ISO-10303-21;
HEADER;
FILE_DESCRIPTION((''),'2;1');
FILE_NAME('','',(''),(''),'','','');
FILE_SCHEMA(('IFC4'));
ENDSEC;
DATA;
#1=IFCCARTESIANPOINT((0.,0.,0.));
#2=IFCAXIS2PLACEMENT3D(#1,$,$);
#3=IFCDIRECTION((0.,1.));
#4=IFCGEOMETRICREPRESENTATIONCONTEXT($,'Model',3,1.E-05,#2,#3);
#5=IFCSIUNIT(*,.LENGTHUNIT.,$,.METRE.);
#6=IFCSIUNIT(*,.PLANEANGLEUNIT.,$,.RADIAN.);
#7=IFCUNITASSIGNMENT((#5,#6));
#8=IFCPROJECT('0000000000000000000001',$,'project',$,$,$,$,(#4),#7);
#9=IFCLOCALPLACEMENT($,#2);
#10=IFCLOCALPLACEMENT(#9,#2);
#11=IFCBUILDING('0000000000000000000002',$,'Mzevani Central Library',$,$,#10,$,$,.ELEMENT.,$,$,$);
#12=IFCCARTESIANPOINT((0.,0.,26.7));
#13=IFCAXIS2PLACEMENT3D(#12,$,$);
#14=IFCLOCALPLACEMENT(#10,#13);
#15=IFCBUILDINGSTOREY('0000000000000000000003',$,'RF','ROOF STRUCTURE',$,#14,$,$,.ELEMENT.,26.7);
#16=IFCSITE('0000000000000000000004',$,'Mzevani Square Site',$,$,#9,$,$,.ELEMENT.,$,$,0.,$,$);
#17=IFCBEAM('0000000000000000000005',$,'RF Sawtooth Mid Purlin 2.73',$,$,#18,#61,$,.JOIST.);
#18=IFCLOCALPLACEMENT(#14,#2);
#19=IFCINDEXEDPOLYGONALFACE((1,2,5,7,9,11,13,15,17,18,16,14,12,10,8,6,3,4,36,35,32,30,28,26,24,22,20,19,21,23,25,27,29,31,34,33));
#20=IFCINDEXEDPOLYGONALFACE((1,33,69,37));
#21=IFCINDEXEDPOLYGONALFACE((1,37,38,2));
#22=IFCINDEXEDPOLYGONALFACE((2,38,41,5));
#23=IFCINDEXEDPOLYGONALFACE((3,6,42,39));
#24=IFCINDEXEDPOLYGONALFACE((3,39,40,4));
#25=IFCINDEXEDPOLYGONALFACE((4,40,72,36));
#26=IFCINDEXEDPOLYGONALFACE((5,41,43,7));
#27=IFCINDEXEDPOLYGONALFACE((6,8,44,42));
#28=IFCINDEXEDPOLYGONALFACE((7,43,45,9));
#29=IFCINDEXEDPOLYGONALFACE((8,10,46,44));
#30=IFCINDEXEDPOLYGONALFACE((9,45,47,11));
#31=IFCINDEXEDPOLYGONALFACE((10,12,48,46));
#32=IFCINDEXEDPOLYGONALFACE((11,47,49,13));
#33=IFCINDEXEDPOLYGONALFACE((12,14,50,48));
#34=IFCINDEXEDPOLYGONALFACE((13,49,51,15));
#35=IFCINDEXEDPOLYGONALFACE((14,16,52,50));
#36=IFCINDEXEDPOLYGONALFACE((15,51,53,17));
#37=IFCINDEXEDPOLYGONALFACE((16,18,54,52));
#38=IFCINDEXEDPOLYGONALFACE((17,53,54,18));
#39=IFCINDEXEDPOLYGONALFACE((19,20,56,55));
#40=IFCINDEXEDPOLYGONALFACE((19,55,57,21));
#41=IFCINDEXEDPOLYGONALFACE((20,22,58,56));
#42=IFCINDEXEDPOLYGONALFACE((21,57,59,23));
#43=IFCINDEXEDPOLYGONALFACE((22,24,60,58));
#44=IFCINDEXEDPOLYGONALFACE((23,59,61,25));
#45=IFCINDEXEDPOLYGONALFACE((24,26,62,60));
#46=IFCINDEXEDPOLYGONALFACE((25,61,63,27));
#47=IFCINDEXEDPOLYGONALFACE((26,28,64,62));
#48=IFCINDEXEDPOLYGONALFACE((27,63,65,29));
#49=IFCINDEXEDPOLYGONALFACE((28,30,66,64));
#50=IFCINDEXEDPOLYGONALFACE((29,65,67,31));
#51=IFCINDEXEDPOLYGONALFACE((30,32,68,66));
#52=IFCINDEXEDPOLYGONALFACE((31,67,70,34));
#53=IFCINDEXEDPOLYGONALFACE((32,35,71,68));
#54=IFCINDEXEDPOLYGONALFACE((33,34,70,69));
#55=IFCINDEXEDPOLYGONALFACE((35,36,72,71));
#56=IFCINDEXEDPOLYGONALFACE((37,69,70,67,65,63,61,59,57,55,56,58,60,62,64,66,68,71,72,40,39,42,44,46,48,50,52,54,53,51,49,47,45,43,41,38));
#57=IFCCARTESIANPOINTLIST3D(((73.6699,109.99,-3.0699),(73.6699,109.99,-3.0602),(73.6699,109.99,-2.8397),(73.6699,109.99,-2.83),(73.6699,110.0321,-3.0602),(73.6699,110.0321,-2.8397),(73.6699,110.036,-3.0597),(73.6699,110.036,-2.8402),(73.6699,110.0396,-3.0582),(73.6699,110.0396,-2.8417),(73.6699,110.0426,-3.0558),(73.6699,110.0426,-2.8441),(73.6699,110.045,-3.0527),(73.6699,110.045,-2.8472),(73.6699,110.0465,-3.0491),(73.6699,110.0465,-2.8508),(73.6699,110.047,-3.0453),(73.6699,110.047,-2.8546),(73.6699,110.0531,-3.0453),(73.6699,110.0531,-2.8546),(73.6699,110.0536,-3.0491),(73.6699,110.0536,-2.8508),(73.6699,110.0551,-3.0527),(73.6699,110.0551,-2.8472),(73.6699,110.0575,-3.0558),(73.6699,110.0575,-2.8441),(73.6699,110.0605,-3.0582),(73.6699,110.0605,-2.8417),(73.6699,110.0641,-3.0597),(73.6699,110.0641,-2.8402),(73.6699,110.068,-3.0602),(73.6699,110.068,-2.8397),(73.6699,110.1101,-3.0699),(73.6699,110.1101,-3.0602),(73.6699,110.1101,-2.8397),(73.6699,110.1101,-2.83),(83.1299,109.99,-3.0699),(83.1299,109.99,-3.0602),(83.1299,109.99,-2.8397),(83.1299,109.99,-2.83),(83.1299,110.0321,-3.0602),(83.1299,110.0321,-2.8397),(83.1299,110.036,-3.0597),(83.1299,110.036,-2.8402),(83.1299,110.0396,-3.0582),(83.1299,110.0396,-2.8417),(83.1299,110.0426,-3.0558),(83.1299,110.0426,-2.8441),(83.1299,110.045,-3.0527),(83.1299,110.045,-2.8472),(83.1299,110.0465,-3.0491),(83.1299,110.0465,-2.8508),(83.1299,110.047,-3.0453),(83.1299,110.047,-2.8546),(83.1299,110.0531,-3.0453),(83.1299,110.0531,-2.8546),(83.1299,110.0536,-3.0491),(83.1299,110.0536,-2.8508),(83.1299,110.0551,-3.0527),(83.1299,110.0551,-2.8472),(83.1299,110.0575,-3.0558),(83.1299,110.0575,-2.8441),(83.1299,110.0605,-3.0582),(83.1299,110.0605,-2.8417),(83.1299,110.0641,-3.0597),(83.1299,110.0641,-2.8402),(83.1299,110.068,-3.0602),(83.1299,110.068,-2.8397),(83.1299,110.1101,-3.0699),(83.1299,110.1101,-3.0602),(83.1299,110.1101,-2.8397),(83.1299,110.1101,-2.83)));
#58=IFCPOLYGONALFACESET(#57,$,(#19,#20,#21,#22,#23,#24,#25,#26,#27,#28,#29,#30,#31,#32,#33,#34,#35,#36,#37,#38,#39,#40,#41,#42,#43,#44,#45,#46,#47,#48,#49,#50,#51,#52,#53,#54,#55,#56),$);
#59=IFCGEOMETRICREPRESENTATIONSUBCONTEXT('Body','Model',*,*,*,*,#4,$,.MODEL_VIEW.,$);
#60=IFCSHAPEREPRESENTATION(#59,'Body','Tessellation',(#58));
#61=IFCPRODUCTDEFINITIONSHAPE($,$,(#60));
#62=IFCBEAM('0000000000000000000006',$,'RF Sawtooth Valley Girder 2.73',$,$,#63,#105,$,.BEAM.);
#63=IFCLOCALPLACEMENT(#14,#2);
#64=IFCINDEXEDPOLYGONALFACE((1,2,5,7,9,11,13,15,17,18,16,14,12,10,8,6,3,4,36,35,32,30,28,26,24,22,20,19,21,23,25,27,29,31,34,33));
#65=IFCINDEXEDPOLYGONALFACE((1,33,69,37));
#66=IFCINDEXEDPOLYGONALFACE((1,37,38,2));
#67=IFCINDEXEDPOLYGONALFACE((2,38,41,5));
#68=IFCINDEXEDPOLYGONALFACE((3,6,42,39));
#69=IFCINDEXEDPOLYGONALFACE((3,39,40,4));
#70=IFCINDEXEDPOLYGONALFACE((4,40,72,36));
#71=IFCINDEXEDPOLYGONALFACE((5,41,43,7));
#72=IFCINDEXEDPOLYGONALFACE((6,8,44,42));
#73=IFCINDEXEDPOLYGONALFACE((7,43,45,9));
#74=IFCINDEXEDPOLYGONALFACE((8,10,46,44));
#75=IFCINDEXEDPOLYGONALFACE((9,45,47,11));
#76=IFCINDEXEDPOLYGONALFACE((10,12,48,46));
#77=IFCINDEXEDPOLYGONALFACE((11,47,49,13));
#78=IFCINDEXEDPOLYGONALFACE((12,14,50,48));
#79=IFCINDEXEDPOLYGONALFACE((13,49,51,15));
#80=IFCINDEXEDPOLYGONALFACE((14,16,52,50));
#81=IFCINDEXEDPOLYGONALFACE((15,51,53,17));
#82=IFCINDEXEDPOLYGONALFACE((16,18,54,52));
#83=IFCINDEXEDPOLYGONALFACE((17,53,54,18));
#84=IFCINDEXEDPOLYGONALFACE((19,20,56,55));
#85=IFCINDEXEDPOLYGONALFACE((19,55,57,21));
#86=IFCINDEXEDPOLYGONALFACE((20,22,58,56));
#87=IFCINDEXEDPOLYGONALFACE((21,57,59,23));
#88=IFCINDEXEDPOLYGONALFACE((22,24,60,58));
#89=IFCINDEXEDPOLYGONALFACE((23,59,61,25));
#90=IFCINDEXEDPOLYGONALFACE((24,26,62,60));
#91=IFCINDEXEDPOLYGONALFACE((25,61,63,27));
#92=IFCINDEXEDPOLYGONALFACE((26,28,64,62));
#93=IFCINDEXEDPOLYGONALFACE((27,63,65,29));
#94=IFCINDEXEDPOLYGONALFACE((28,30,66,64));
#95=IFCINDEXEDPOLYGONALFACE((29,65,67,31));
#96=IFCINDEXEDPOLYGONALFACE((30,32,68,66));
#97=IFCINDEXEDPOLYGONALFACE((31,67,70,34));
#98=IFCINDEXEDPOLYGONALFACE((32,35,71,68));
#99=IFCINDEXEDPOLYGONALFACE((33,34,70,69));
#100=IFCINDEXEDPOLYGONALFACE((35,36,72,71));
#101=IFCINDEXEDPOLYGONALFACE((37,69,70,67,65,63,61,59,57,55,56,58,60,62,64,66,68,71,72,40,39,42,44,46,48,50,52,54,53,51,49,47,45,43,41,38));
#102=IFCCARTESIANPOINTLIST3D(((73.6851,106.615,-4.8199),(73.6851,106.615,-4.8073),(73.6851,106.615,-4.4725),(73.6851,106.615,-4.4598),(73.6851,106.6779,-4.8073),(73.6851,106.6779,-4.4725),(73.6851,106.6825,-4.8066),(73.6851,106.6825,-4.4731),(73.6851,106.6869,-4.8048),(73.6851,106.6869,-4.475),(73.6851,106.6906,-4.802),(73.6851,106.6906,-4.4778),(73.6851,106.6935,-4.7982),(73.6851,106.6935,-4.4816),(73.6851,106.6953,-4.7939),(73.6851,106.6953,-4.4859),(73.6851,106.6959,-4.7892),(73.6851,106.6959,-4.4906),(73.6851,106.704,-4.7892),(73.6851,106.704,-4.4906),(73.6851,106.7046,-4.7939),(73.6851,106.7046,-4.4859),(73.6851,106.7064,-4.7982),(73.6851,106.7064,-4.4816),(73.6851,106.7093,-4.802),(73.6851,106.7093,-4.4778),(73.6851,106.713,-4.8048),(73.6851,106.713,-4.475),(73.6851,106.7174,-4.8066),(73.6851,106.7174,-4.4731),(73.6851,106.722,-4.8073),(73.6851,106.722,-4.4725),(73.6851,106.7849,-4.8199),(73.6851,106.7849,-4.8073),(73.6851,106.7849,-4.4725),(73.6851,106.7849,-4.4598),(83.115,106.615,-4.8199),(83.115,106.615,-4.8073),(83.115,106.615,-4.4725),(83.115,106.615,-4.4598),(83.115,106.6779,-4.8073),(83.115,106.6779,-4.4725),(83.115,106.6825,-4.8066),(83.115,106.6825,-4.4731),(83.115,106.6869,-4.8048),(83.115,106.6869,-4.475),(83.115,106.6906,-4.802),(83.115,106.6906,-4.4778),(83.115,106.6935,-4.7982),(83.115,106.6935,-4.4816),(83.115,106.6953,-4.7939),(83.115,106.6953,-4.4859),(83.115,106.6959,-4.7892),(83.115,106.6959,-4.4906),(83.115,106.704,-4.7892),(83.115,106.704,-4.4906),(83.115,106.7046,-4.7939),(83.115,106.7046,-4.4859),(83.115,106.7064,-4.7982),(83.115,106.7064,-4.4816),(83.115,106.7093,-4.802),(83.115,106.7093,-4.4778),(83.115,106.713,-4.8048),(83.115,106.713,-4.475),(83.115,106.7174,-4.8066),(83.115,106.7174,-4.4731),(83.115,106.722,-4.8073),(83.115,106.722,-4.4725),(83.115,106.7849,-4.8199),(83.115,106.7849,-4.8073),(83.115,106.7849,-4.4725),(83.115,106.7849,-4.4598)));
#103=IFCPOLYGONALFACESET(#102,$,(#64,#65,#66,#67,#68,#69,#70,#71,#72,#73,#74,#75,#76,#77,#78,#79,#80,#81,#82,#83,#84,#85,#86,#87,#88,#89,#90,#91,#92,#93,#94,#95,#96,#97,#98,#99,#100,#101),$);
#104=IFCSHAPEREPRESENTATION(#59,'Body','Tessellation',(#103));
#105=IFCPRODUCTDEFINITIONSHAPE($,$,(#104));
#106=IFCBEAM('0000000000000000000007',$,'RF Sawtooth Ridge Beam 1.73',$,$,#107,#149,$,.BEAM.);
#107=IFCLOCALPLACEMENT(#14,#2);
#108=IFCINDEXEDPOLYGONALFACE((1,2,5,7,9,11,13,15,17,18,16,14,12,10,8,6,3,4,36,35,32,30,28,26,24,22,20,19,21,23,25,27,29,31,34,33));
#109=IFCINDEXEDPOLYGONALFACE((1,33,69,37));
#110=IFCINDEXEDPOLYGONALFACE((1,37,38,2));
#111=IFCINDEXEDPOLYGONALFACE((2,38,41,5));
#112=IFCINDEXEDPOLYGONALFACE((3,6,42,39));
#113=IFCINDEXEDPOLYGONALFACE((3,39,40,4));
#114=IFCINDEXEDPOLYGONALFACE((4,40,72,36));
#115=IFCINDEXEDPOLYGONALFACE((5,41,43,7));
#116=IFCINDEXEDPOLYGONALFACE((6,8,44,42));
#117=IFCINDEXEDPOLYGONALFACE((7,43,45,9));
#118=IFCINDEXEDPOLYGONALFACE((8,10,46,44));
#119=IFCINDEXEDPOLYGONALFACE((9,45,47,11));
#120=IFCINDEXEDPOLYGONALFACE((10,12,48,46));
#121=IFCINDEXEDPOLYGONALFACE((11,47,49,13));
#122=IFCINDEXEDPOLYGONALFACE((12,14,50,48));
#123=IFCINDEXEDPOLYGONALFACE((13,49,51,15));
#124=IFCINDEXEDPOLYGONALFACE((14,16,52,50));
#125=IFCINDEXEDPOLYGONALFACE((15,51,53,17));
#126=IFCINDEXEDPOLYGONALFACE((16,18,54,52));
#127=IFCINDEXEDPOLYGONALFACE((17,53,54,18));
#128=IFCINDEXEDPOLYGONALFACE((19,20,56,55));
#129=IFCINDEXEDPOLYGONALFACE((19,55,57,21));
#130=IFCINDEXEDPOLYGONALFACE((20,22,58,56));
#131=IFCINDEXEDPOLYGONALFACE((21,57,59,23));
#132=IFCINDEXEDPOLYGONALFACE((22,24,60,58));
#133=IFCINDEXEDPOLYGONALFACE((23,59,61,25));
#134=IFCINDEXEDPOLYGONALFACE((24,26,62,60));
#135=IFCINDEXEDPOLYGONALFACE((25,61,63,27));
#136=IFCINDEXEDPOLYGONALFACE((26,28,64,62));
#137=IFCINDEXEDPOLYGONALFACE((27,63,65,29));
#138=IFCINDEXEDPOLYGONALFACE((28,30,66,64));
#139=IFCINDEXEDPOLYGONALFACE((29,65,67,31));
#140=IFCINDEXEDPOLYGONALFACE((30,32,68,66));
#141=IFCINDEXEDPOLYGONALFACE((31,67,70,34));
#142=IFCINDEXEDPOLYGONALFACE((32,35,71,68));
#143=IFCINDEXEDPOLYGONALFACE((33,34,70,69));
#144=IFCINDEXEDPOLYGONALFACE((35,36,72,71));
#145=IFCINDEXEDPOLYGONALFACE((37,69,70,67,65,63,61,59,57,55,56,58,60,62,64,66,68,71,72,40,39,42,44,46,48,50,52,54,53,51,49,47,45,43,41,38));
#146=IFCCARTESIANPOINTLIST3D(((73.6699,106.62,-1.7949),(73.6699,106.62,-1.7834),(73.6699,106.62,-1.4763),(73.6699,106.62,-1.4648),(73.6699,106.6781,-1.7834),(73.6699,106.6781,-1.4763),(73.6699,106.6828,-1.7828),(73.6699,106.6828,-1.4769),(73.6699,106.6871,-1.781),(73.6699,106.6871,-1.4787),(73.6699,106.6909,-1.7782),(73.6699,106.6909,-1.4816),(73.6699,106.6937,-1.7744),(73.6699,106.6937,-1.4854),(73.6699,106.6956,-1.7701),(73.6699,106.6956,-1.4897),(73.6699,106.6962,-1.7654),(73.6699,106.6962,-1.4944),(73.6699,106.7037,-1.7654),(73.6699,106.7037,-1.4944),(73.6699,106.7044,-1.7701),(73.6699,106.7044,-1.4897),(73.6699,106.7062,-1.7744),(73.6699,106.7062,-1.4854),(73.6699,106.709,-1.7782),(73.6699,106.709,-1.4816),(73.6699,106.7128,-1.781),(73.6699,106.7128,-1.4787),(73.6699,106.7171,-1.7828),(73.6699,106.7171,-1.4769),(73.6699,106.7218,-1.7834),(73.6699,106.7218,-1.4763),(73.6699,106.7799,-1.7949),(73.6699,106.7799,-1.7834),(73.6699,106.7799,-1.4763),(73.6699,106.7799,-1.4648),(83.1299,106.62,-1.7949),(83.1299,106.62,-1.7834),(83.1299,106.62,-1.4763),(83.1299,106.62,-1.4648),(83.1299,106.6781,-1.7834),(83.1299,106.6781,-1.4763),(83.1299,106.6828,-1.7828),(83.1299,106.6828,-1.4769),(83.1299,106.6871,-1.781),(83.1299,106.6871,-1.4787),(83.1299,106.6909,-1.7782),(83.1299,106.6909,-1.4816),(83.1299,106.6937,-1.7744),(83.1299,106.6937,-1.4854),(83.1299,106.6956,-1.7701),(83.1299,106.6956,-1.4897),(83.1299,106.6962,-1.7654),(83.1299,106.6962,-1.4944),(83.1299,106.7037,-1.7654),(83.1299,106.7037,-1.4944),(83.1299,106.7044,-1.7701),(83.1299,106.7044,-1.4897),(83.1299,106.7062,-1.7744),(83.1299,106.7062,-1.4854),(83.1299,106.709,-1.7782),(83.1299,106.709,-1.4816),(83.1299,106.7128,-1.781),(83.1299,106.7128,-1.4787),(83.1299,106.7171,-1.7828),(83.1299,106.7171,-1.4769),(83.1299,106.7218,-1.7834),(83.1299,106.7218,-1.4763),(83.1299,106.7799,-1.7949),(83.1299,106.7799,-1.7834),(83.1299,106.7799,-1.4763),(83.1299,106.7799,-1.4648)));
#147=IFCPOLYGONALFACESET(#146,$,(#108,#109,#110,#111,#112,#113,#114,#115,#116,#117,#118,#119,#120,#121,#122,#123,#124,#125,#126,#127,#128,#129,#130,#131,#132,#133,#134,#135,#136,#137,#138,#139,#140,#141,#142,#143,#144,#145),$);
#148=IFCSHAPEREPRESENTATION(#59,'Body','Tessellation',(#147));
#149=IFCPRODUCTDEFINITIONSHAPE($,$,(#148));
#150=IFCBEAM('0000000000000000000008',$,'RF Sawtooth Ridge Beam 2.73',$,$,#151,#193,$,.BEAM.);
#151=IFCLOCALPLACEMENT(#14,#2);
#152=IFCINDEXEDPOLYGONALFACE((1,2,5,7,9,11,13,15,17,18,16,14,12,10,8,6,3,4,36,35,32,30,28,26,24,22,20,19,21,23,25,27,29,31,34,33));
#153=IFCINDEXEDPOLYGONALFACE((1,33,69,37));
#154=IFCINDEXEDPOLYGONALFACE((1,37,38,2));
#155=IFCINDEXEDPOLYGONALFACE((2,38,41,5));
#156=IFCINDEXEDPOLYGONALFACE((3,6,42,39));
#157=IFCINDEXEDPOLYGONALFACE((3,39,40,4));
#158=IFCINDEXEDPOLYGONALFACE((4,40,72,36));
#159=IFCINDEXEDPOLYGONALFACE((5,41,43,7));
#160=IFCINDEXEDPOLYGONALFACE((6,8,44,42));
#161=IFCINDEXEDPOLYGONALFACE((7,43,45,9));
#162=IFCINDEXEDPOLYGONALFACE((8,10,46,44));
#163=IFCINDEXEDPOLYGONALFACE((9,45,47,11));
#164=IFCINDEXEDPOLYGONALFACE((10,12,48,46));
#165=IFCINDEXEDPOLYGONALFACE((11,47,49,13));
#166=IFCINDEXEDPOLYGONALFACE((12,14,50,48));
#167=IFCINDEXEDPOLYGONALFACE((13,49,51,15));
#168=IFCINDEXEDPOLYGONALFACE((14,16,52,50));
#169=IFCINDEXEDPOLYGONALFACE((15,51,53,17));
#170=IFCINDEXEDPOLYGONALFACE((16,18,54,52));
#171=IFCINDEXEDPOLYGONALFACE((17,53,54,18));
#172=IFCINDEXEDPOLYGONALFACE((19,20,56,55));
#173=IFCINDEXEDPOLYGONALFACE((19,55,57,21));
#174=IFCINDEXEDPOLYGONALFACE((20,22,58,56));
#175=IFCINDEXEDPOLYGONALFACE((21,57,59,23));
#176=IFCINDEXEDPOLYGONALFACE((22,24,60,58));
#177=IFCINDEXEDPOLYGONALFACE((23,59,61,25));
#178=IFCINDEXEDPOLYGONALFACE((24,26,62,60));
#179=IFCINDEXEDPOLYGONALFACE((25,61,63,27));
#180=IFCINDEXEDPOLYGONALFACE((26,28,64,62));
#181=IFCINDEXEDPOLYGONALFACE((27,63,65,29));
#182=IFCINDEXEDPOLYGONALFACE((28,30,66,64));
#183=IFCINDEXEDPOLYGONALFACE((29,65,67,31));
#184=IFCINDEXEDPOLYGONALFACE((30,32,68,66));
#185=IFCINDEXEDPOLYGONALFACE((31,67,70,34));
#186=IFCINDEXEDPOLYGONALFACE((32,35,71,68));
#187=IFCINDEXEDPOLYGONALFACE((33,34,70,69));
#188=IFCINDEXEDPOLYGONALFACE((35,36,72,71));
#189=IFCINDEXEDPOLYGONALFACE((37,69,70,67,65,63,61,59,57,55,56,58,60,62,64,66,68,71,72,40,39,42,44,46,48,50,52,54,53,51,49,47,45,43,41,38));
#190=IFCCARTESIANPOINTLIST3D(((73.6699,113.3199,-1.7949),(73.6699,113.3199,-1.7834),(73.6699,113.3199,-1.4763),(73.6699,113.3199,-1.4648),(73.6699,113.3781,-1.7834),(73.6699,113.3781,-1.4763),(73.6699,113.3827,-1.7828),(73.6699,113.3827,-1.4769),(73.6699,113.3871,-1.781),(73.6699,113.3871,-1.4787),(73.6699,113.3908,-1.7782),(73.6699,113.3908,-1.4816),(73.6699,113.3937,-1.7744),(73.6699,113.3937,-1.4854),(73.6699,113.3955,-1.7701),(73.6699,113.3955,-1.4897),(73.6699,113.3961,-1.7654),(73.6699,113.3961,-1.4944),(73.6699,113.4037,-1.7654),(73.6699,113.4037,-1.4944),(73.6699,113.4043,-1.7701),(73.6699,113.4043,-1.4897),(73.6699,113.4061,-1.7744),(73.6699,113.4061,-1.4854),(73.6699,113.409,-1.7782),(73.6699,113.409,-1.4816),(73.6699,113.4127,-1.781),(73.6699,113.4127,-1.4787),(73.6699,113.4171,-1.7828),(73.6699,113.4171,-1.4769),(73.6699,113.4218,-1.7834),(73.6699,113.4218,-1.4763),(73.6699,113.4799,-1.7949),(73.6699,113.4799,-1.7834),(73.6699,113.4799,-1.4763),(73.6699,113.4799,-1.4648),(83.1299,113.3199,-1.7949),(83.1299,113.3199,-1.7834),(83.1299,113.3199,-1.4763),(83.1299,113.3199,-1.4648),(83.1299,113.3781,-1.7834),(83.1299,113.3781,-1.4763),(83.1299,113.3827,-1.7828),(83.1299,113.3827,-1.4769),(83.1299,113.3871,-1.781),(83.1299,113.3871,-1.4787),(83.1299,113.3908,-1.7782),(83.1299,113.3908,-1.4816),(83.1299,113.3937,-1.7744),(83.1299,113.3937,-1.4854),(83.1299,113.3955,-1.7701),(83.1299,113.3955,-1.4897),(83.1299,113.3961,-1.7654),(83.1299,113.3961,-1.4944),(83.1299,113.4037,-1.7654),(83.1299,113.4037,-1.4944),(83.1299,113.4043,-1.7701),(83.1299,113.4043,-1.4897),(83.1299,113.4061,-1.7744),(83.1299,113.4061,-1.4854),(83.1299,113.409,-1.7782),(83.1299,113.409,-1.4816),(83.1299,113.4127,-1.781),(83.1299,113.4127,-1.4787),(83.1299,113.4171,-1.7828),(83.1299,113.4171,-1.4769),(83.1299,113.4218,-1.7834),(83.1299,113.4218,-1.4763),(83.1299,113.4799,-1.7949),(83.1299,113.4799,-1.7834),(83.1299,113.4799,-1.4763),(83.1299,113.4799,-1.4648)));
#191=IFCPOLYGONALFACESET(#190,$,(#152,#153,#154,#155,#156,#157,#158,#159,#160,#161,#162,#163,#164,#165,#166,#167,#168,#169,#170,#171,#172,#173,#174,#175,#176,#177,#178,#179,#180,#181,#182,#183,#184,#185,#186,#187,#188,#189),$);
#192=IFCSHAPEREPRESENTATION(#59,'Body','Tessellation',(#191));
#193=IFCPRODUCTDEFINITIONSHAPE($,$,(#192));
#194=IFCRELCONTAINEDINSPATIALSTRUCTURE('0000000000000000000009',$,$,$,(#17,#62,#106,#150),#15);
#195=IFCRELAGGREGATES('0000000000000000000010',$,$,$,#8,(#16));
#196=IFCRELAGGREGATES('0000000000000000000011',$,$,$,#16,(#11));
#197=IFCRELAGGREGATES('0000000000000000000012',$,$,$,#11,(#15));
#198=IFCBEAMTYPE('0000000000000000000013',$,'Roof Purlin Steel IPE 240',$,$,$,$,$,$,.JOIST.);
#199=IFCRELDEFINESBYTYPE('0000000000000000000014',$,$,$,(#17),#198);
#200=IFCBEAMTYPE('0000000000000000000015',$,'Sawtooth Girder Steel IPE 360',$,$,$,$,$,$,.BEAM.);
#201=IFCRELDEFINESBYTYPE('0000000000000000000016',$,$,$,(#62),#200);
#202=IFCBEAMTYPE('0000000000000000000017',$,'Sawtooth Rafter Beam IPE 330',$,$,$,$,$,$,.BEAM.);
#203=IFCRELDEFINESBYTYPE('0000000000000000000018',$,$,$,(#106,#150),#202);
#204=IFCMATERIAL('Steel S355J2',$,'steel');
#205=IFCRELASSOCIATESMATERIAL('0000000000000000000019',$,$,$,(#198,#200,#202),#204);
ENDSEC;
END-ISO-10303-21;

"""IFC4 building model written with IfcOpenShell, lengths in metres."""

from ifc_helpers import new_model, si_unit, direction, frame, origin, origin_2d, place, context, subcontext, project, spatial, i_section, extrude, material, material_profile, profile_set, type_object, element, save


model = new_model("IFC4")

# Units and contexts
model_context = context("Model", 3, precision=1e-05, world=origin(), true_north=direction((0.0, 1.0)))
body_context = subcontext(model_context, "Body", "Model", "MODEL_VIEW")
ifc_project = project(units=[si_unit("LENGTHUNIT", "METRE"), si_unit("PLANEANGLEUNIT", "RADIAN")], contexts=[model_context])

# Site, building, storey
site_placement = place(None, origin())
site = spatial("IfcSite", under=ifc_project, at=site_placement, Name="Mzevani Square Site", CompositionType="ELEMENT", RefElevation=0.0)
building_placement = place(site_placement, origin())
building = spatial("IfcBuilding", under=site, at=building_placement, Name="Mzevani Central Library", CompositionType="ELEMENT")
storey_placement = place(building_placement, frame((0.0, 0.0, 26.7)))
storey = spatial("IfcBuildingStorey", under=building, at=storey_placement, Name="RF", Description="ROOF STRUCTURE", CompositionType="ELEMENT", Elevation=26.7)

# Shared definitions
ifc_material_1 = material(Name="Steel S355J2", Category="steel")

# Beams
ifc_material_profile_1 = material_profile(ifc_material_1, i_section(OverallWidth=0.1201, OverallDepth=0.24, WebThickness=0.0061, FlangeThickness=0.0098, FilletRadius=0.0149, at=origin_2d()), Name="IPE 240")
ifc_profile_set_1 = profile_set([ifc_material_profile_1], Name="Steel S355J2")
beam_type_1 = type_object("IfcBeamType", Name="Roof Purlin Steel IPE 240", PredefinedType="JOIST", material=ifc_profile_set_1)
beam_1_placement = place(storey_placement, frame((73.6699, 110.05, -2.95), z_axis=(1.0, 0.0, 0.0), x_axis=(0.0, 1.0, 0.0)))
element("IfcBeam", 1, at=beam_1_placement, inside=storey, type_object=beam_type_1, Name="RF Sawtooth Mid Purlin 2.73", PredefinedType="JOIST", context=body_context, shape_type="SweptSolid", body=[
    extrude(i_section(OverallWidth=0.1201, OverallDepth=0.24, WebThickness=0.0061, FlangeThickness=0.0098, FilletRadius=0.0149, at=origin_2d()), origin(), (0.0, 0.0, 1.0), 9.46),
])
ifc_material_profile_2 = material_profile(ifc_material_1, i_section(OverallWidth=0.1699, OverallDepth=0.3601, WebThickness=0.0081, FlangeThickness=0.0127, FilletRadius=0.0181, at=origin_2d()), Name="IPE 360")
ifc_profile_set_2 = profile_set([ifc_material_profile_2], Name="Steel S355J2")
beam_type_2 = type_object("IfcBeamType", Name="Sawtooth Girder Steel IPE 360", PredefinedType="BEAM", material=ifc_profile_set_2)
beam_2_placement = place(storey_placement, frame((73.6851, 106.7, -4.6399), z_axis=(1.0, 0.0, 0.0), x_axis=(0.0, 1.0, 0.0)))
element("IfcBeam", 2, at=beam_2_placement, inside=storey, type_object=beam_type_2, Name="RF Sawtooth Valley Girder 2.73", PredefinedType="BEAM", context=body_context, shape_type="SweptSolid", body=[
    extrude(i_section(OverallWidth=0.1699, OverallDepth=0.3601, WebThickness=0.0081, FlangeThickness=0.0127, FilletRadius=0.0181, at=origin_2d()), origin(), (0.0, 0.0, 1.0), 9.4299),
])
ifc_material_profile_3 = material_profile(ifc_material_1, i_section(OverallWidth=0.1599, OverallDepth=0.3301, WebThickness=0.0076, FlangeThickness=0.0115, FilletRadius=0.0181, at=origin_2d()), Name="IPE 330")
ifc_profile_set_3 = profile_set([ifc_material_profile_3], Name="Steel S355J2")
beam_type_3 = type_object("IfcBeamType", Name="Sawtooth Rafter Beam IPE 330", PredefinedType="BEAM", material=ifc_profile_set_3)
for number, where, z_axis, x_axis, name in (
    (3, (73.6699, 106.7, -1.6299), (1.0, 0.0, 0.0), (0.0, 1.0, 0.0), "RF Sawtooth Ridge Beam 1.73"),
    (4, (73.6699, 113.3999, -1.6299), (1.0, 0.0, 0.0), (0.0, 1.0, 0.0), "RF Sawtooth Ridge Beam 2.73"),
):
    element("IfcBeam", number, at=place(storey_placement, frame(where, z_axis=z_axis, x_axis=x_axis)), inside=storey, type_object=beam_type_3, Name=name, PredefinedType="BEAM", context=body_context, shape_type="SweptSolid", body=[
        extrude(i_section(OverallWidth=0.1599, OverallDepth=0.3301, WebThickness=0.0076, FlangeThickness=0.0115, FilletRadius=0.0181, at=origin_2d()), origin(), (0.0, 0.0, 1.0), 9.46),
    ])

save(model, "model.ifc")
